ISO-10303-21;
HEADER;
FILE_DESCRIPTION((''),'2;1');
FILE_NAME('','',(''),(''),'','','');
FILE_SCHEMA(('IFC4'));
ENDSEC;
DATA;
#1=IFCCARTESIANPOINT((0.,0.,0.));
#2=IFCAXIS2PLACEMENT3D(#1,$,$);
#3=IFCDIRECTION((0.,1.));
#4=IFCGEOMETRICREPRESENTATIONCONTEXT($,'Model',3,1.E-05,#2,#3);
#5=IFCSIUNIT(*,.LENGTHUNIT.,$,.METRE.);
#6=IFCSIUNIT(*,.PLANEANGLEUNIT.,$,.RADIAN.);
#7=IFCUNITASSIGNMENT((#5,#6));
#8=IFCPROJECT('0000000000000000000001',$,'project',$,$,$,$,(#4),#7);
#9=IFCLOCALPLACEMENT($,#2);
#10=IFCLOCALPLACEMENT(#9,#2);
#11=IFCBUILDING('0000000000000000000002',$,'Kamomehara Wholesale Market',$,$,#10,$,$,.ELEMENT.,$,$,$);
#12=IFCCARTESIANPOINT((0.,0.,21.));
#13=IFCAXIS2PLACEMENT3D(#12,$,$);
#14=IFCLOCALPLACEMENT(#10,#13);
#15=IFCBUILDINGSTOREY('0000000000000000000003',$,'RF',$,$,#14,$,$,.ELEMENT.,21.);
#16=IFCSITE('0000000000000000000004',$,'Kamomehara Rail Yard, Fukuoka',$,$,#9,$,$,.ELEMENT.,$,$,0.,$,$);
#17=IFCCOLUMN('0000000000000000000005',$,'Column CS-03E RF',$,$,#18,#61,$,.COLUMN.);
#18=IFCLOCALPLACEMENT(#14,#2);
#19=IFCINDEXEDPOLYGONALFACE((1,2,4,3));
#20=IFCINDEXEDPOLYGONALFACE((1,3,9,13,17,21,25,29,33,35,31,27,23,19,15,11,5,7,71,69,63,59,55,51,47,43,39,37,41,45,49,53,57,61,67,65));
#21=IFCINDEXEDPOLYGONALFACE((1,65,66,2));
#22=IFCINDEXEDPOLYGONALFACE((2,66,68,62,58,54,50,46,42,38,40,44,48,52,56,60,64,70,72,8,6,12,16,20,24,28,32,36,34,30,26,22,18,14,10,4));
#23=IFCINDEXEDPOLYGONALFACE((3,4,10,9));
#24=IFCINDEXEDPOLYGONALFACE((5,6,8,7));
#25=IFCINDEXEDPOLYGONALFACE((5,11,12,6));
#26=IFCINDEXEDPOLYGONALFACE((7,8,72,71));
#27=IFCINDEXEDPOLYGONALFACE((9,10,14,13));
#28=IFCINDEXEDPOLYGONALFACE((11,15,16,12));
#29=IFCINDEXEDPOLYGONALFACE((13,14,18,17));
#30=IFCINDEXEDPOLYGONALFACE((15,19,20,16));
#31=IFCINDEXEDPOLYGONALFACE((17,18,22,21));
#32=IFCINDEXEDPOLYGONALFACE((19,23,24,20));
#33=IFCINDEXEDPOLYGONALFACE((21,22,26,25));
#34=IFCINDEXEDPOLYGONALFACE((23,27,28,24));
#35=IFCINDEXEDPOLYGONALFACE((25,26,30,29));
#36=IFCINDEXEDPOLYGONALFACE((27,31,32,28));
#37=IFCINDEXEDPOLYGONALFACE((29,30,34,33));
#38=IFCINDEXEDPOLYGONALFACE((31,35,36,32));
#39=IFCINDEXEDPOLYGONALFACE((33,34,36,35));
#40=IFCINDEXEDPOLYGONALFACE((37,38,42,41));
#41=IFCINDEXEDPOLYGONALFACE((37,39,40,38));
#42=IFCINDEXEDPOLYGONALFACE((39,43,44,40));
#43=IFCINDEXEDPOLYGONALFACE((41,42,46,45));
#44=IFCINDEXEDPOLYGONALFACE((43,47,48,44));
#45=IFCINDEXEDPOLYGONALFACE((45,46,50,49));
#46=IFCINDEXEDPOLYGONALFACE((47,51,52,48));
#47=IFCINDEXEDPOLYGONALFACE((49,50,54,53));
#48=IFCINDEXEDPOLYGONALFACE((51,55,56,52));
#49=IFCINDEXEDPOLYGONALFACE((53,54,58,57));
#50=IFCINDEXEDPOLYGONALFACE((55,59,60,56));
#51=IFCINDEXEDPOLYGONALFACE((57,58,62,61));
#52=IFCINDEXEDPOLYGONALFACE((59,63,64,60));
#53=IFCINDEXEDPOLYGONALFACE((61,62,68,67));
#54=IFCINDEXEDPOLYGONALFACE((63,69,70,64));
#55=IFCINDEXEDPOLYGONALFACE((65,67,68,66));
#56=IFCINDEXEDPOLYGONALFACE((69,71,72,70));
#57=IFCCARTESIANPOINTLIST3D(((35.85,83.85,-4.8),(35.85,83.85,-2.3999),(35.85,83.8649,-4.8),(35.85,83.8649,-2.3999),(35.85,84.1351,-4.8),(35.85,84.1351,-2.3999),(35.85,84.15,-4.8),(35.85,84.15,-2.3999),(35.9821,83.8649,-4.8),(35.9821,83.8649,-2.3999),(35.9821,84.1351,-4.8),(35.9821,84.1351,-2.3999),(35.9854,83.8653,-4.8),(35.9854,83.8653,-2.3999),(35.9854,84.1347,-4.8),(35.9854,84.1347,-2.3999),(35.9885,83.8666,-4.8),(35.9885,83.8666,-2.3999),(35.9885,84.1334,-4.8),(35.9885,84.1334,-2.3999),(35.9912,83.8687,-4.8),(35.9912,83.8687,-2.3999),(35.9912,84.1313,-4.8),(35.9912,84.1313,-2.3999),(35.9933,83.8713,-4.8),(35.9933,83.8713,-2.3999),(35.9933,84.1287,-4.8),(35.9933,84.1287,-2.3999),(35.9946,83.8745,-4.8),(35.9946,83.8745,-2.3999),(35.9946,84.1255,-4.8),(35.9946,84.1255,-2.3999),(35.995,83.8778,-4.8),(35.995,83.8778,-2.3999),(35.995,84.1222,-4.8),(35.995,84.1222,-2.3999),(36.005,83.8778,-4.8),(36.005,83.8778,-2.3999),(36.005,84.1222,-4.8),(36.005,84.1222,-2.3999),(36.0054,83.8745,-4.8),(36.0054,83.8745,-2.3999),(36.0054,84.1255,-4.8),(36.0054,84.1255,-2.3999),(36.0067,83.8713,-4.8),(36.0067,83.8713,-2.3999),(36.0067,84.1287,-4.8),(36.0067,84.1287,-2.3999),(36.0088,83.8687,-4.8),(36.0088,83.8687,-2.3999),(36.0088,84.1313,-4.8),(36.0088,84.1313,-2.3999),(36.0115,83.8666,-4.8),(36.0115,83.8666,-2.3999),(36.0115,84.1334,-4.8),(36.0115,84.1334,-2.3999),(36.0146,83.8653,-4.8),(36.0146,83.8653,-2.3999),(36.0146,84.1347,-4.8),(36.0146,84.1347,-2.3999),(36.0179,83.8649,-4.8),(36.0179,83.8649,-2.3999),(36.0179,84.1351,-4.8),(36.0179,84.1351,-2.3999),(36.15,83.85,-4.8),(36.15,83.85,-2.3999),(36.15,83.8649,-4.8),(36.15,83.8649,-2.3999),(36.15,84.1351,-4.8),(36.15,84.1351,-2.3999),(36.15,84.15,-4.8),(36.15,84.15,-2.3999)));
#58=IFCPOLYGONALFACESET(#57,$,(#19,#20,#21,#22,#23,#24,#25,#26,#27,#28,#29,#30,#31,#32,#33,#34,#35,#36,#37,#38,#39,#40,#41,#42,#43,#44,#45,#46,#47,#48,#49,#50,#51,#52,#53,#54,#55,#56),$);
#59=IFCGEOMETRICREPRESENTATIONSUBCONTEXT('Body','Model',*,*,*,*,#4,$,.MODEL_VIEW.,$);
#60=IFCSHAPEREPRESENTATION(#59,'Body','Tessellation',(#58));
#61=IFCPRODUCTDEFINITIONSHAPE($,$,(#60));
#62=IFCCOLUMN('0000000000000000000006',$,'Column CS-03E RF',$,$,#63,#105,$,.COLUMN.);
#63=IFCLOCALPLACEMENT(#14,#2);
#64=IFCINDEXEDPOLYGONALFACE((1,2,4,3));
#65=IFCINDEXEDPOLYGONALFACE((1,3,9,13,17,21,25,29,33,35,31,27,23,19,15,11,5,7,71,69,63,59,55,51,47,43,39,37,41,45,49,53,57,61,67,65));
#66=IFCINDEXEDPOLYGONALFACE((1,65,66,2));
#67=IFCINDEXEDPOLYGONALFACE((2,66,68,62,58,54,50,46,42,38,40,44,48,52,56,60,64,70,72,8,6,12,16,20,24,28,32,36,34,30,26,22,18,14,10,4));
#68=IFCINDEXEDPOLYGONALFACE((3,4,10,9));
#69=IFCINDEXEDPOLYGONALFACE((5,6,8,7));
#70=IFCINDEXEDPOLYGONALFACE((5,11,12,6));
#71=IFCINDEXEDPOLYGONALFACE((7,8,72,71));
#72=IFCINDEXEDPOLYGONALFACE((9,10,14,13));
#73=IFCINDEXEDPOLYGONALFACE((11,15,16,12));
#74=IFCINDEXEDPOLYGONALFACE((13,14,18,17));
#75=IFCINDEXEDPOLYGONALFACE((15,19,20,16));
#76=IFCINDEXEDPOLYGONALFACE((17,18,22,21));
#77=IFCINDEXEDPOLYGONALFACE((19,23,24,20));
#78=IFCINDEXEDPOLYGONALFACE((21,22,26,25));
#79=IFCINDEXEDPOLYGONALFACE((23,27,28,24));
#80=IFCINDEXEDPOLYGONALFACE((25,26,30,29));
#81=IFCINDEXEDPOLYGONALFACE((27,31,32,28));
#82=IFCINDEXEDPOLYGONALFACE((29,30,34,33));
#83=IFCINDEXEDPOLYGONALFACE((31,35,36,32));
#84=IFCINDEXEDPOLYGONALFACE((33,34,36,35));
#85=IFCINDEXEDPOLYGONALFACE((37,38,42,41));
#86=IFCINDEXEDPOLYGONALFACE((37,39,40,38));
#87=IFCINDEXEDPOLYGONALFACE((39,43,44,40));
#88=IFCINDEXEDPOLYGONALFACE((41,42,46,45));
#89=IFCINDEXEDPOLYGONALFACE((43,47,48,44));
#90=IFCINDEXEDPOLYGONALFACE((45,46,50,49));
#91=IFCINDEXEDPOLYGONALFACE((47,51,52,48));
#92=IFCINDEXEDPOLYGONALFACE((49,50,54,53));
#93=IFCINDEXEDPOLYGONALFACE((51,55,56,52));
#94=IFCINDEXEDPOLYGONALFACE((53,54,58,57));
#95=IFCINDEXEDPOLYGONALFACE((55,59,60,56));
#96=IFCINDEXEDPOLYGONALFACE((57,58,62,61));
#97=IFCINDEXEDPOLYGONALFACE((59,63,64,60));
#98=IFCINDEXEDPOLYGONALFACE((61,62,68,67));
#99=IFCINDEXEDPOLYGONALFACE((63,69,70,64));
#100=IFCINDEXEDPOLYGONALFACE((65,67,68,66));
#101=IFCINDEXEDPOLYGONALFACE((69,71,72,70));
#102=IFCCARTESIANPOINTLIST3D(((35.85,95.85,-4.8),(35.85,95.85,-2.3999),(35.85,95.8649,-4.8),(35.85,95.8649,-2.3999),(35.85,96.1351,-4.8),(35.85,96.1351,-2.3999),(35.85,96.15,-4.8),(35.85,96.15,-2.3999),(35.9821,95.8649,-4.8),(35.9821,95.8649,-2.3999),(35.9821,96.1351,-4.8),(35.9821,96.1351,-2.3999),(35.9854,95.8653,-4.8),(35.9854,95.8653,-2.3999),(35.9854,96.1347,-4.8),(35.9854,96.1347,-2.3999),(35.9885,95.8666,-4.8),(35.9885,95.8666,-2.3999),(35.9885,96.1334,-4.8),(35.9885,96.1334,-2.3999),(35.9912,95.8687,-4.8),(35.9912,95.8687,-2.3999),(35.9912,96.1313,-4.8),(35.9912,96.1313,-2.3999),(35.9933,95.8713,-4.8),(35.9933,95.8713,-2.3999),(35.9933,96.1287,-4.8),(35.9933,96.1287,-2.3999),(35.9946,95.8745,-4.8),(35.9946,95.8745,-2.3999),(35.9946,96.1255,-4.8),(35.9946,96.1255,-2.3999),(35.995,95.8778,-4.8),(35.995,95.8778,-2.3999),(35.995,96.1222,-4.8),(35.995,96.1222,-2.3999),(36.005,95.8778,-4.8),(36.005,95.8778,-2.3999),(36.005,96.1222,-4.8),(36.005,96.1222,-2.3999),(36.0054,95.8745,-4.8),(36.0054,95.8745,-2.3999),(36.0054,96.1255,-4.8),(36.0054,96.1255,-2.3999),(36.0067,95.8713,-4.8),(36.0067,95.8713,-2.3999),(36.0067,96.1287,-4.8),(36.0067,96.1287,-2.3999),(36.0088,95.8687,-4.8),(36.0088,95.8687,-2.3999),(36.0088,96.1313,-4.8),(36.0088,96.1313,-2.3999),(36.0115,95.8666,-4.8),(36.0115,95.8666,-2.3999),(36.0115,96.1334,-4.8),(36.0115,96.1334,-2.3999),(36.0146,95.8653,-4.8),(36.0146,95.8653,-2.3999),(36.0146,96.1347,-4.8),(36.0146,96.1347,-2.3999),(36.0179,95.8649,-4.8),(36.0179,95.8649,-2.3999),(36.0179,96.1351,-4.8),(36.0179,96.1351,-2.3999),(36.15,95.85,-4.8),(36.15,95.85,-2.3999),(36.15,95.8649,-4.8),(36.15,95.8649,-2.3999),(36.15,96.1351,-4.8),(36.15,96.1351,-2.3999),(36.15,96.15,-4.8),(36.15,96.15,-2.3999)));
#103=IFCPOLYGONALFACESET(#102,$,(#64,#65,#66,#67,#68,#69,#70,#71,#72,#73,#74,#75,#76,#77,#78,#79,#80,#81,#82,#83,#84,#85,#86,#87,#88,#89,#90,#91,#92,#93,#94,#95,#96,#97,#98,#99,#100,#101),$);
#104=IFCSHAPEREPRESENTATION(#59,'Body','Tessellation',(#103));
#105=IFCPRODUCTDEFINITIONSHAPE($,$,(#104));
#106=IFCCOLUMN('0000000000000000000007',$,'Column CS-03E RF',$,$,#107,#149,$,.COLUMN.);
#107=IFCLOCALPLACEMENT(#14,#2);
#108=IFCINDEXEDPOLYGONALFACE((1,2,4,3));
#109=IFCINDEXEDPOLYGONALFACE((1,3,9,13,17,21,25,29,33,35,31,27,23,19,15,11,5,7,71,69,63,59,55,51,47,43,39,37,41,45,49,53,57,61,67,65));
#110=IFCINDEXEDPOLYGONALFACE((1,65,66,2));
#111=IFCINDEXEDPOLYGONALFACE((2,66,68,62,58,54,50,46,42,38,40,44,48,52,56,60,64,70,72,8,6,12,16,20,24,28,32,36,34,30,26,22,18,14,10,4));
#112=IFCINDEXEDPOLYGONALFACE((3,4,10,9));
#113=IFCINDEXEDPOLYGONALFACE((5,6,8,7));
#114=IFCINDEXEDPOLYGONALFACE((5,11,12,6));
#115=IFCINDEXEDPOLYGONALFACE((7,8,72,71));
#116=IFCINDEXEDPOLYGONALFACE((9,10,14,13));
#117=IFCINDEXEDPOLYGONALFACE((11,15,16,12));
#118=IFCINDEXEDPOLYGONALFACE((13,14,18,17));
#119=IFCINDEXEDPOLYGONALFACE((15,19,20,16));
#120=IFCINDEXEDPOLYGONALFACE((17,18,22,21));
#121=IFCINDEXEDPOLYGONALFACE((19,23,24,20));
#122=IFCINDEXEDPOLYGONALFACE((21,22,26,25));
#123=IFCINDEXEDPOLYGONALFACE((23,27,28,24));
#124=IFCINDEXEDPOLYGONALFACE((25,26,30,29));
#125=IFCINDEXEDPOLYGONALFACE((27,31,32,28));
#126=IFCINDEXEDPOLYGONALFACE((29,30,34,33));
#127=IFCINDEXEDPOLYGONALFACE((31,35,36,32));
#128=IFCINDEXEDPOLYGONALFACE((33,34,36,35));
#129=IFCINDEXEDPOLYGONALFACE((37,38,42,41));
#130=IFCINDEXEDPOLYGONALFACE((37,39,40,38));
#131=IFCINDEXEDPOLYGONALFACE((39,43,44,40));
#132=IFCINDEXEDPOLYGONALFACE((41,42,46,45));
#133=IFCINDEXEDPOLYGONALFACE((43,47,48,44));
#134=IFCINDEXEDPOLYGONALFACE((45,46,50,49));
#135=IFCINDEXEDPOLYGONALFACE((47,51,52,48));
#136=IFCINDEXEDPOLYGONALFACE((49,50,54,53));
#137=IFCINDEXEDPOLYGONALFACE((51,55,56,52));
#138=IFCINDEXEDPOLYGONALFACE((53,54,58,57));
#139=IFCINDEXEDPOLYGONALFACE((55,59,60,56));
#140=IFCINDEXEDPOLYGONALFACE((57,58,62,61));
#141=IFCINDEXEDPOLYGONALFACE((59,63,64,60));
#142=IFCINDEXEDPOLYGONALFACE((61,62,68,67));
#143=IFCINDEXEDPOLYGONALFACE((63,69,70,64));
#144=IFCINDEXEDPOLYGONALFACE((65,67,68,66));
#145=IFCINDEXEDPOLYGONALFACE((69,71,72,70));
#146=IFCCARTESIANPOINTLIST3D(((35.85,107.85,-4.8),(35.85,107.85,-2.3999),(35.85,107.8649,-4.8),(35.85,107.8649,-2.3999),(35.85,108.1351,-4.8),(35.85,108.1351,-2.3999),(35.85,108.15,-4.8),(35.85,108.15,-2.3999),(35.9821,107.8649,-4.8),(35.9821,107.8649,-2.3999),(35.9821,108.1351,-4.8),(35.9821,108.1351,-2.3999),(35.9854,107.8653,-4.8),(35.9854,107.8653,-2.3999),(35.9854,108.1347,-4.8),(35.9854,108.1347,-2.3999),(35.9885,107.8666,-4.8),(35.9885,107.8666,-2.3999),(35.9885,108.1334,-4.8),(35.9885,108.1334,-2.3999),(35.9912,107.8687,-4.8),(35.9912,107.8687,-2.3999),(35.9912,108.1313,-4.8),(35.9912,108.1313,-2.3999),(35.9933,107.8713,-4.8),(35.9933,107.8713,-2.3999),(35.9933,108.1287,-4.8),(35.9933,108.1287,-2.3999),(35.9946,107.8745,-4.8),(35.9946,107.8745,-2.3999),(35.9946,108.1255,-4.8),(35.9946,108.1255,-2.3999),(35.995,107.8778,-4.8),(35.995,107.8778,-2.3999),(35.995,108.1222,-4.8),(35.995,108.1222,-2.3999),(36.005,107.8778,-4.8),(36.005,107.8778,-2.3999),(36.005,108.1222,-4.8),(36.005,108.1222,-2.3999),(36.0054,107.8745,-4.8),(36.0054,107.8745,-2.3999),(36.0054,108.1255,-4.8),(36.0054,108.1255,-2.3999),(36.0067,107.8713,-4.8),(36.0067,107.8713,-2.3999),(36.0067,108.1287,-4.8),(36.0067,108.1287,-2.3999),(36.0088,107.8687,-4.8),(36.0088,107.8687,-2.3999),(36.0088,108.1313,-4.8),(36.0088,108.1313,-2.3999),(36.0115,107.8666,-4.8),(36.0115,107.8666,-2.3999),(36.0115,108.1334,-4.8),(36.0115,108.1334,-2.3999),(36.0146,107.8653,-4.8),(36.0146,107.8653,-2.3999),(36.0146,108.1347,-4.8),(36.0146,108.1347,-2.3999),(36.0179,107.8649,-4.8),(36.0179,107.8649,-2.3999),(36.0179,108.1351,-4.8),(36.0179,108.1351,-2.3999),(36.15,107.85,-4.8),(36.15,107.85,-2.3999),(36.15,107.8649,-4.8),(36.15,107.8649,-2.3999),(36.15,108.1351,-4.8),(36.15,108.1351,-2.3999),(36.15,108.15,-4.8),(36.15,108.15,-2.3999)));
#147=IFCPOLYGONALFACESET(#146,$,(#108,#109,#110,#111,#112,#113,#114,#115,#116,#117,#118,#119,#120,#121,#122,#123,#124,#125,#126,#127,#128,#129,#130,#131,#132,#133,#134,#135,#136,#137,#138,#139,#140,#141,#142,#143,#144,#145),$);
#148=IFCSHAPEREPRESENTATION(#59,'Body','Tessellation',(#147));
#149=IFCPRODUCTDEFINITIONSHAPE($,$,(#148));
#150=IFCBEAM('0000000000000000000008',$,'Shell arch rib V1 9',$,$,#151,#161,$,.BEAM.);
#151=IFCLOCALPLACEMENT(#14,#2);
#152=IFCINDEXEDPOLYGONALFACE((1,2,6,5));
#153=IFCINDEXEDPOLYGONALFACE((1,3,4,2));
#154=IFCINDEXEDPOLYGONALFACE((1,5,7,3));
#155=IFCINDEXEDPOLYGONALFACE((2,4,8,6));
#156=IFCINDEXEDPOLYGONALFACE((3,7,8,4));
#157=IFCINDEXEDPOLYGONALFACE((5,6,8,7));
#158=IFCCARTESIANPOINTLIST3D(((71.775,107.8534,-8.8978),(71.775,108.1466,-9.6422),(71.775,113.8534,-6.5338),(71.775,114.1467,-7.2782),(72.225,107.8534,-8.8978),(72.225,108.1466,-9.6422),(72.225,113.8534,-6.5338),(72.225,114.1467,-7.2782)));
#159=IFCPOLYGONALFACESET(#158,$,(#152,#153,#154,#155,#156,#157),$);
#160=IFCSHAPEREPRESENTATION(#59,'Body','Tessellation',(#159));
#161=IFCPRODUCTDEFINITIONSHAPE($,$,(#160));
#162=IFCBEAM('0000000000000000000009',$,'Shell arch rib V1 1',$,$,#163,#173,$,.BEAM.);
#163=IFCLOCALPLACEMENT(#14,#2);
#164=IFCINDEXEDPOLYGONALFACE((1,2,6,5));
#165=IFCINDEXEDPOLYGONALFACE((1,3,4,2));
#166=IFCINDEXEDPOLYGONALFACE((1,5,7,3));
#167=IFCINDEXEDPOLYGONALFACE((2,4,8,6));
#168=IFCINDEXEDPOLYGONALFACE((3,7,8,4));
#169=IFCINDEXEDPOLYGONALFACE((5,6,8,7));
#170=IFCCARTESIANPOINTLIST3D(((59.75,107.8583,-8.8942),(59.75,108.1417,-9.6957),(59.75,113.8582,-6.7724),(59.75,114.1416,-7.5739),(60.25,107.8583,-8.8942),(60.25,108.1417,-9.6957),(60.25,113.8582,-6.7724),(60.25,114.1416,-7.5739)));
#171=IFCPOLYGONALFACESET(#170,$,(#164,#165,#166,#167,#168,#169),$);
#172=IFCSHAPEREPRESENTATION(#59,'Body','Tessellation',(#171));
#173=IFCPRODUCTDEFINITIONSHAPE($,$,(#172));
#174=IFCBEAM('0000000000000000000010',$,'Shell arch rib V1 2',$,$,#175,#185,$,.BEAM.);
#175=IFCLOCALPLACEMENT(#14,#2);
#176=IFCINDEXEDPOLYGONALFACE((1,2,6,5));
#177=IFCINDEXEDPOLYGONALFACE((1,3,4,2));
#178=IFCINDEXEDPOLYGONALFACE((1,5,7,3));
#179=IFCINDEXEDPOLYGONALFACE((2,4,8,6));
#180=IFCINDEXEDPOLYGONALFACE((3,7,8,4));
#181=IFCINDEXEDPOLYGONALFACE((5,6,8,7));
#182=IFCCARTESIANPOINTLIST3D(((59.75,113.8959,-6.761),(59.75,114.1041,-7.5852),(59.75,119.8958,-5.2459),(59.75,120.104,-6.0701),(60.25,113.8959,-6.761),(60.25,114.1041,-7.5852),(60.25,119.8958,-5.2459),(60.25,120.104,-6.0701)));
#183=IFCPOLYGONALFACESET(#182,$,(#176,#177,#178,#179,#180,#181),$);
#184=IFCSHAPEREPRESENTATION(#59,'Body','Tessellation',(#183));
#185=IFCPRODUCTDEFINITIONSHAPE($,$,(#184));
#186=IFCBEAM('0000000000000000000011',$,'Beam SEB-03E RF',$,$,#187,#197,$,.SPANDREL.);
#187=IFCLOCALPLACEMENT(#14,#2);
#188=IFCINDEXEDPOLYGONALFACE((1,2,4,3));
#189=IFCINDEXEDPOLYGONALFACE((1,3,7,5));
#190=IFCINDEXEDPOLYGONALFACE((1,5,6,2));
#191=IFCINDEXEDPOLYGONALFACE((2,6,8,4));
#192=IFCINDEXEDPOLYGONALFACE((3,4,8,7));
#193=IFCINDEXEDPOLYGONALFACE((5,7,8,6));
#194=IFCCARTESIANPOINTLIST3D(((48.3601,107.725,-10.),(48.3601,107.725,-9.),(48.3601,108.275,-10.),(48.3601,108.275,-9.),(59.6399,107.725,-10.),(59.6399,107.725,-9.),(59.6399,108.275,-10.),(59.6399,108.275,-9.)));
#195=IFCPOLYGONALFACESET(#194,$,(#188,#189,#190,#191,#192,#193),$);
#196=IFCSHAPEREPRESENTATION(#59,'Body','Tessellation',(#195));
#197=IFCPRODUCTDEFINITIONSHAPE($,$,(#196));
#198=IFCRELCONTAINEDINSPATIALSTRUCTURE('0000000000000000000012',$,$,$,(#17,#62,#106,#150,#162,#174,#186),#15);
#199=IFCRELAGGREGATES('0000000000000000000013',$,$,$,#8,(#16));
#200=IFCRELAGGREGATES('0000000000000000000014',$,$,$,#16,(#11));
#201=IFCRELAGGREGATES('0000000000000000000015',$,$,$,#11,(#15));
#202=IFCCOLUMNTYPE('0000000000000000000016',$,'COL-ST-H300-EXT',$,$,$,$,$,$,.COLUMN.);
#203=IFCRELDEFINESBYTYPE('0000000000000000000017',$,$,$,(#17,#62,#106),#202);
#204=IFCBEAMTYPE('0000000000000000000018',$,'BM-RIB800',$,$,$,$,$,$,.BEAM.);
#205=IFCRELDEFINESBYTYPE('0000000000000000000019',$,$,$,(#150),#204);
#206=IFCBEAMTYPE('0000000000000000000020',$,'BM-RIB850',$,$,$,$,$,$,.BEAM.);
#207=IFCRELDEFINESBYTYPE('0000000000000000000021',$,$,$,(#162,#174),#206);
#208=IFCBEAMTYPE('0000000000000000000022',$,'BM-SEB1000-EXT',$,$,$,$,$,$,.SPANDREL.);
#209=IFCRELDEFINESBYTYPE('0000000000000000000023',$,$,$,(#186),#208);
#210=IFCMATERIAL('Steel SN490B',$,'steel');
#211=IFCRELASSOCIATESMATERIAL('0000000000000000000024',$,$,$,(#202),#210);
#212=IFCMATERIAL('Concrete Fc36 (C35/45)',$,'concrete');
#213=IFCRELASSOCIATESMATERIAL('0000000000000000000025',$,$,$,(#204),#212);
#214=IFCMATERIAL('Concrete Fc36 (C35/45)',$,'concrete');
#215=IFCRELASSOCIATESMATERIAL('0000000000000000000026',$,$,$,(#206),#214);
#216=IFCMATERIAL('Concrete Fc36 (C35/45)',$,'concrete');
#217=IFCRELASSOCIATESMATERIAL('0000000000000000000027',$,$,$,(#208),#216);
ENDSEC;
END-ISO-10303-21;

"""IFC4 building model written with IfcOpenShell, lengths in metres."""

from ifc_helpers import new_model, si_unit, direction, frame, origin, origin_2d, place, context, subcontext, project, spatial, rectangle, i_section, extrude, material, material_profile, profile_set, type_object, element, save


model = new_model("IFC4")

# Units and contexts
model_context = context("Model", 3, precision=1e-05, world=origin(), true_north=direction((0.0, 1.0)))
body_context = subcontext(model_context, "Body", "Model", "MODEL_VIEW")
ifc_project = project(units=[si_unit("LENGTHUNIT", "METRE"), si_unit("PLANEANGLEUNIT", "RADIAN")], contexts=[model_context])

# Site, building, storey
site_placement = place(None, origin())
site = spatial("IfcSite", under=ifc_project, at=site_placement, Name="Kamomehara Rail Yard, Fukuoka", CompositionType="ELEMENT", RefElevation=0.0)
building_placement = place(site_placement, origin())
building = spatial("IfcBuilding", under=site, at=building_placement, Name="Kamomehara Wholesale Market", CompositionType="ELEMENT")
storey_placement = place(building_placement, frame((0.0, 0.0, 21.0)))
storey = spatial("IfcBuildingStorey", under=building, at=storey_placement, Name="RF", CompositionType="ELEMENT", Elevation=21.0)

# Columns
ifc_material_1 = material(Name="Steel SN490B", Category="steel")
ifc_material_profile_1 = material_profile(ifc_material_1, i_section(OverallWidth=0.3, OverallDepth=0.3, WebThickness=0.01, FlangeThickness=0.0149, FilletRadius=0.0129, at=origin_2d()), Name="H-300x300x10x15")
ifc_profile_set_1 = profile_set([ifc_material_profile_1], Name="Steel SN490B")
column_type = type_object("IfcColumnType", Name="COL-ST-H300-EXT", PredefinedType="COLUMN", material=ifc_profile_set_1)
for number, where, z_axis, x_axis, name in (
    (1, (36.0, 84.0, -4.8), (0.0, 0.0, 1.0), (1.0, 0.0, 0.0), "Column CS-03E RF"),
    (2, (36.0, 96.0, -4.8), (0.0, 0.0, 1.0), (1.0, 0.0, 0.0), "Column CS-03E RF"),
    (3, (36.0, 108.0, -4.8), (0.0, 0.0, 1.0), (1.0, 0.0, 0.0), "Column CS-03E RF"),
):
    element("IfcColumn", number, at=place(storey_placement, frame(where, z_axis=z_axis, x_axis=x_axis)), inside=storey, type_object=column_type, Name=name, PredefinedType="COLUMN", context=body_context, shape_type="SweptSolid", body=[
        extrude(i_section(OverallWidth=0.3, OverallDepth=0.3, WebThickness=0.01, FlangeThickness=0.0149, FilletRadius=0.0129, at=origin_2d()), origin(), (0.0, 0.0, 1.0), 2.4001),
    ])

# Beams
ifc_material_2 = material(Name="Concrete Fc36 (C35/45)", Category="concrete")
ifc_material_profile_2 = material_profile(ifc_material_2, rectangle(XDim=0.45, YDim=0.8, at=origin_2d()), Name="RC-RIB-450x800")
ifc_profile_set_2 = profile_set([ifc_material_profile_2], Name="Concrete Fc36 (C35/45)")
beam_type_1 = type_object("IfcBeamType", Name="BM-RIB800", PredefinedType="BEAM", material=ifc_profile_set_2)
beam_1_placement = place(storey_placement, frame((72.0, 108.0, -9.27), z_axis=(0.0, 0.930388, 0.366575), x_axis=(-1.0, 0.0, 0.0)))
element("IfcBeam", 4, at=beam_1_placement, inside=storey, type_object=beam_type_1, Name="Shell arch rib V1 9", PredefinedType="BEAM", context=body_context, shape_type="SweptSolid", body=[
    extrude(rectangle(XDim=0.45, YDim=0.8, at=origin_2d()), origin(), (0.0, 0.0, 1.0), 6.449),
])
ifc_material_3 = material(Name="Concrete Fc36 (C35/45)", Category="concrete")
ifc_material_profile_3 = material_profile(ifc_material_3, rectangle(XDim=0.5, YDim=0.8501, at=origin_2d()), Name="RC-RIB-500x850")
ifc_profile_set_3 = profile_set([ifc_material_profile_3], Name="Concrete Fc36 (C35/45)")
beam_type_2 = type_object("IfcBeamType", Name="BM-RIB850", PredefinedType="BEAM", material=ifc_profile_set_3)
beam_2_placement = place(storey_placement, frame((60.0, 108.0, -9.2949), z_axis=(0.0, 0.942784, 0.333404), x_axis=(-1.0, 0.0, 0.0)))
element("IfcBeam", 5, at=beam_2_placement, inside=storey, type_object=beam_type_2, Name="Shell arch rib V1 1", PredefinedType="BEAM", context=body_context, shape_type="SweptSolid", body=[
    extrude(rectangle(XDim=0.5, YDim=0.8501, at=origin_2d()), origin(), (0.0, 0.0, 1.0), 6.364),
])
beam_3_placement = place(storey_placement, frame((60.0, 114.0, -7.1731), z_axis=(0.0, 0.969564, 0.244837), x_axis=(-1.0, 0.0, 0.0)))
element("IfcBeam", 6, at=beam_3_placement, inside=storey, type_object=beam_type_2, Name="Shell arch rib V1 2", PredefinedType="BEAM", context=body_context, shape_type="SweptSolid", body=[
    extrude(rectangle(XDim=0.5, YDim=0.8501, at=origin_2d()), origin(), (0.0, 0.0, 1.0), 6.1882),
])
ifc_material_4 = material(Name="Concrete Fc36 (C35/45)", Category="concrete")
ifc_material_profile_4 = material_profile(ifc_material_4, rectangle(XDim=0.55, YDim=1.0, at=origin_2d()), Name="RC-SEB-550x1000")
ifc_profile_set_4 = profile_set([ifc_material_profile_4], Name="Concrete Fc36 (C35/45)")
beam_type_3 = type_object("IfcBeamType", Name="BM-SEB1000-EXT", PredefinedType="SPANDREL", material=ifc_profile_set_4)
beam_4_placement = place(storey_placement, frame((48.3601, 108.0, -9.5), z_axis=(1.0, 0.0, 0.0), x_axis=(0.0, 1.0, 0.0)))
element("IfcBeam", 7, at=beam_4_placement, inside=storey, type_object=beam_type_3, Name="Beam SEB-03E RF", PredefinedType="SPANDREL", context=body_context, shape_type="SweptSolid", body=[
    extrude(rectangle(XDim=0.55, YDim=1.0, at=origin_2d()), origin(), (0.0, 0.0, 1.0), 11.2798),
])

save(model, "model.ifc")
